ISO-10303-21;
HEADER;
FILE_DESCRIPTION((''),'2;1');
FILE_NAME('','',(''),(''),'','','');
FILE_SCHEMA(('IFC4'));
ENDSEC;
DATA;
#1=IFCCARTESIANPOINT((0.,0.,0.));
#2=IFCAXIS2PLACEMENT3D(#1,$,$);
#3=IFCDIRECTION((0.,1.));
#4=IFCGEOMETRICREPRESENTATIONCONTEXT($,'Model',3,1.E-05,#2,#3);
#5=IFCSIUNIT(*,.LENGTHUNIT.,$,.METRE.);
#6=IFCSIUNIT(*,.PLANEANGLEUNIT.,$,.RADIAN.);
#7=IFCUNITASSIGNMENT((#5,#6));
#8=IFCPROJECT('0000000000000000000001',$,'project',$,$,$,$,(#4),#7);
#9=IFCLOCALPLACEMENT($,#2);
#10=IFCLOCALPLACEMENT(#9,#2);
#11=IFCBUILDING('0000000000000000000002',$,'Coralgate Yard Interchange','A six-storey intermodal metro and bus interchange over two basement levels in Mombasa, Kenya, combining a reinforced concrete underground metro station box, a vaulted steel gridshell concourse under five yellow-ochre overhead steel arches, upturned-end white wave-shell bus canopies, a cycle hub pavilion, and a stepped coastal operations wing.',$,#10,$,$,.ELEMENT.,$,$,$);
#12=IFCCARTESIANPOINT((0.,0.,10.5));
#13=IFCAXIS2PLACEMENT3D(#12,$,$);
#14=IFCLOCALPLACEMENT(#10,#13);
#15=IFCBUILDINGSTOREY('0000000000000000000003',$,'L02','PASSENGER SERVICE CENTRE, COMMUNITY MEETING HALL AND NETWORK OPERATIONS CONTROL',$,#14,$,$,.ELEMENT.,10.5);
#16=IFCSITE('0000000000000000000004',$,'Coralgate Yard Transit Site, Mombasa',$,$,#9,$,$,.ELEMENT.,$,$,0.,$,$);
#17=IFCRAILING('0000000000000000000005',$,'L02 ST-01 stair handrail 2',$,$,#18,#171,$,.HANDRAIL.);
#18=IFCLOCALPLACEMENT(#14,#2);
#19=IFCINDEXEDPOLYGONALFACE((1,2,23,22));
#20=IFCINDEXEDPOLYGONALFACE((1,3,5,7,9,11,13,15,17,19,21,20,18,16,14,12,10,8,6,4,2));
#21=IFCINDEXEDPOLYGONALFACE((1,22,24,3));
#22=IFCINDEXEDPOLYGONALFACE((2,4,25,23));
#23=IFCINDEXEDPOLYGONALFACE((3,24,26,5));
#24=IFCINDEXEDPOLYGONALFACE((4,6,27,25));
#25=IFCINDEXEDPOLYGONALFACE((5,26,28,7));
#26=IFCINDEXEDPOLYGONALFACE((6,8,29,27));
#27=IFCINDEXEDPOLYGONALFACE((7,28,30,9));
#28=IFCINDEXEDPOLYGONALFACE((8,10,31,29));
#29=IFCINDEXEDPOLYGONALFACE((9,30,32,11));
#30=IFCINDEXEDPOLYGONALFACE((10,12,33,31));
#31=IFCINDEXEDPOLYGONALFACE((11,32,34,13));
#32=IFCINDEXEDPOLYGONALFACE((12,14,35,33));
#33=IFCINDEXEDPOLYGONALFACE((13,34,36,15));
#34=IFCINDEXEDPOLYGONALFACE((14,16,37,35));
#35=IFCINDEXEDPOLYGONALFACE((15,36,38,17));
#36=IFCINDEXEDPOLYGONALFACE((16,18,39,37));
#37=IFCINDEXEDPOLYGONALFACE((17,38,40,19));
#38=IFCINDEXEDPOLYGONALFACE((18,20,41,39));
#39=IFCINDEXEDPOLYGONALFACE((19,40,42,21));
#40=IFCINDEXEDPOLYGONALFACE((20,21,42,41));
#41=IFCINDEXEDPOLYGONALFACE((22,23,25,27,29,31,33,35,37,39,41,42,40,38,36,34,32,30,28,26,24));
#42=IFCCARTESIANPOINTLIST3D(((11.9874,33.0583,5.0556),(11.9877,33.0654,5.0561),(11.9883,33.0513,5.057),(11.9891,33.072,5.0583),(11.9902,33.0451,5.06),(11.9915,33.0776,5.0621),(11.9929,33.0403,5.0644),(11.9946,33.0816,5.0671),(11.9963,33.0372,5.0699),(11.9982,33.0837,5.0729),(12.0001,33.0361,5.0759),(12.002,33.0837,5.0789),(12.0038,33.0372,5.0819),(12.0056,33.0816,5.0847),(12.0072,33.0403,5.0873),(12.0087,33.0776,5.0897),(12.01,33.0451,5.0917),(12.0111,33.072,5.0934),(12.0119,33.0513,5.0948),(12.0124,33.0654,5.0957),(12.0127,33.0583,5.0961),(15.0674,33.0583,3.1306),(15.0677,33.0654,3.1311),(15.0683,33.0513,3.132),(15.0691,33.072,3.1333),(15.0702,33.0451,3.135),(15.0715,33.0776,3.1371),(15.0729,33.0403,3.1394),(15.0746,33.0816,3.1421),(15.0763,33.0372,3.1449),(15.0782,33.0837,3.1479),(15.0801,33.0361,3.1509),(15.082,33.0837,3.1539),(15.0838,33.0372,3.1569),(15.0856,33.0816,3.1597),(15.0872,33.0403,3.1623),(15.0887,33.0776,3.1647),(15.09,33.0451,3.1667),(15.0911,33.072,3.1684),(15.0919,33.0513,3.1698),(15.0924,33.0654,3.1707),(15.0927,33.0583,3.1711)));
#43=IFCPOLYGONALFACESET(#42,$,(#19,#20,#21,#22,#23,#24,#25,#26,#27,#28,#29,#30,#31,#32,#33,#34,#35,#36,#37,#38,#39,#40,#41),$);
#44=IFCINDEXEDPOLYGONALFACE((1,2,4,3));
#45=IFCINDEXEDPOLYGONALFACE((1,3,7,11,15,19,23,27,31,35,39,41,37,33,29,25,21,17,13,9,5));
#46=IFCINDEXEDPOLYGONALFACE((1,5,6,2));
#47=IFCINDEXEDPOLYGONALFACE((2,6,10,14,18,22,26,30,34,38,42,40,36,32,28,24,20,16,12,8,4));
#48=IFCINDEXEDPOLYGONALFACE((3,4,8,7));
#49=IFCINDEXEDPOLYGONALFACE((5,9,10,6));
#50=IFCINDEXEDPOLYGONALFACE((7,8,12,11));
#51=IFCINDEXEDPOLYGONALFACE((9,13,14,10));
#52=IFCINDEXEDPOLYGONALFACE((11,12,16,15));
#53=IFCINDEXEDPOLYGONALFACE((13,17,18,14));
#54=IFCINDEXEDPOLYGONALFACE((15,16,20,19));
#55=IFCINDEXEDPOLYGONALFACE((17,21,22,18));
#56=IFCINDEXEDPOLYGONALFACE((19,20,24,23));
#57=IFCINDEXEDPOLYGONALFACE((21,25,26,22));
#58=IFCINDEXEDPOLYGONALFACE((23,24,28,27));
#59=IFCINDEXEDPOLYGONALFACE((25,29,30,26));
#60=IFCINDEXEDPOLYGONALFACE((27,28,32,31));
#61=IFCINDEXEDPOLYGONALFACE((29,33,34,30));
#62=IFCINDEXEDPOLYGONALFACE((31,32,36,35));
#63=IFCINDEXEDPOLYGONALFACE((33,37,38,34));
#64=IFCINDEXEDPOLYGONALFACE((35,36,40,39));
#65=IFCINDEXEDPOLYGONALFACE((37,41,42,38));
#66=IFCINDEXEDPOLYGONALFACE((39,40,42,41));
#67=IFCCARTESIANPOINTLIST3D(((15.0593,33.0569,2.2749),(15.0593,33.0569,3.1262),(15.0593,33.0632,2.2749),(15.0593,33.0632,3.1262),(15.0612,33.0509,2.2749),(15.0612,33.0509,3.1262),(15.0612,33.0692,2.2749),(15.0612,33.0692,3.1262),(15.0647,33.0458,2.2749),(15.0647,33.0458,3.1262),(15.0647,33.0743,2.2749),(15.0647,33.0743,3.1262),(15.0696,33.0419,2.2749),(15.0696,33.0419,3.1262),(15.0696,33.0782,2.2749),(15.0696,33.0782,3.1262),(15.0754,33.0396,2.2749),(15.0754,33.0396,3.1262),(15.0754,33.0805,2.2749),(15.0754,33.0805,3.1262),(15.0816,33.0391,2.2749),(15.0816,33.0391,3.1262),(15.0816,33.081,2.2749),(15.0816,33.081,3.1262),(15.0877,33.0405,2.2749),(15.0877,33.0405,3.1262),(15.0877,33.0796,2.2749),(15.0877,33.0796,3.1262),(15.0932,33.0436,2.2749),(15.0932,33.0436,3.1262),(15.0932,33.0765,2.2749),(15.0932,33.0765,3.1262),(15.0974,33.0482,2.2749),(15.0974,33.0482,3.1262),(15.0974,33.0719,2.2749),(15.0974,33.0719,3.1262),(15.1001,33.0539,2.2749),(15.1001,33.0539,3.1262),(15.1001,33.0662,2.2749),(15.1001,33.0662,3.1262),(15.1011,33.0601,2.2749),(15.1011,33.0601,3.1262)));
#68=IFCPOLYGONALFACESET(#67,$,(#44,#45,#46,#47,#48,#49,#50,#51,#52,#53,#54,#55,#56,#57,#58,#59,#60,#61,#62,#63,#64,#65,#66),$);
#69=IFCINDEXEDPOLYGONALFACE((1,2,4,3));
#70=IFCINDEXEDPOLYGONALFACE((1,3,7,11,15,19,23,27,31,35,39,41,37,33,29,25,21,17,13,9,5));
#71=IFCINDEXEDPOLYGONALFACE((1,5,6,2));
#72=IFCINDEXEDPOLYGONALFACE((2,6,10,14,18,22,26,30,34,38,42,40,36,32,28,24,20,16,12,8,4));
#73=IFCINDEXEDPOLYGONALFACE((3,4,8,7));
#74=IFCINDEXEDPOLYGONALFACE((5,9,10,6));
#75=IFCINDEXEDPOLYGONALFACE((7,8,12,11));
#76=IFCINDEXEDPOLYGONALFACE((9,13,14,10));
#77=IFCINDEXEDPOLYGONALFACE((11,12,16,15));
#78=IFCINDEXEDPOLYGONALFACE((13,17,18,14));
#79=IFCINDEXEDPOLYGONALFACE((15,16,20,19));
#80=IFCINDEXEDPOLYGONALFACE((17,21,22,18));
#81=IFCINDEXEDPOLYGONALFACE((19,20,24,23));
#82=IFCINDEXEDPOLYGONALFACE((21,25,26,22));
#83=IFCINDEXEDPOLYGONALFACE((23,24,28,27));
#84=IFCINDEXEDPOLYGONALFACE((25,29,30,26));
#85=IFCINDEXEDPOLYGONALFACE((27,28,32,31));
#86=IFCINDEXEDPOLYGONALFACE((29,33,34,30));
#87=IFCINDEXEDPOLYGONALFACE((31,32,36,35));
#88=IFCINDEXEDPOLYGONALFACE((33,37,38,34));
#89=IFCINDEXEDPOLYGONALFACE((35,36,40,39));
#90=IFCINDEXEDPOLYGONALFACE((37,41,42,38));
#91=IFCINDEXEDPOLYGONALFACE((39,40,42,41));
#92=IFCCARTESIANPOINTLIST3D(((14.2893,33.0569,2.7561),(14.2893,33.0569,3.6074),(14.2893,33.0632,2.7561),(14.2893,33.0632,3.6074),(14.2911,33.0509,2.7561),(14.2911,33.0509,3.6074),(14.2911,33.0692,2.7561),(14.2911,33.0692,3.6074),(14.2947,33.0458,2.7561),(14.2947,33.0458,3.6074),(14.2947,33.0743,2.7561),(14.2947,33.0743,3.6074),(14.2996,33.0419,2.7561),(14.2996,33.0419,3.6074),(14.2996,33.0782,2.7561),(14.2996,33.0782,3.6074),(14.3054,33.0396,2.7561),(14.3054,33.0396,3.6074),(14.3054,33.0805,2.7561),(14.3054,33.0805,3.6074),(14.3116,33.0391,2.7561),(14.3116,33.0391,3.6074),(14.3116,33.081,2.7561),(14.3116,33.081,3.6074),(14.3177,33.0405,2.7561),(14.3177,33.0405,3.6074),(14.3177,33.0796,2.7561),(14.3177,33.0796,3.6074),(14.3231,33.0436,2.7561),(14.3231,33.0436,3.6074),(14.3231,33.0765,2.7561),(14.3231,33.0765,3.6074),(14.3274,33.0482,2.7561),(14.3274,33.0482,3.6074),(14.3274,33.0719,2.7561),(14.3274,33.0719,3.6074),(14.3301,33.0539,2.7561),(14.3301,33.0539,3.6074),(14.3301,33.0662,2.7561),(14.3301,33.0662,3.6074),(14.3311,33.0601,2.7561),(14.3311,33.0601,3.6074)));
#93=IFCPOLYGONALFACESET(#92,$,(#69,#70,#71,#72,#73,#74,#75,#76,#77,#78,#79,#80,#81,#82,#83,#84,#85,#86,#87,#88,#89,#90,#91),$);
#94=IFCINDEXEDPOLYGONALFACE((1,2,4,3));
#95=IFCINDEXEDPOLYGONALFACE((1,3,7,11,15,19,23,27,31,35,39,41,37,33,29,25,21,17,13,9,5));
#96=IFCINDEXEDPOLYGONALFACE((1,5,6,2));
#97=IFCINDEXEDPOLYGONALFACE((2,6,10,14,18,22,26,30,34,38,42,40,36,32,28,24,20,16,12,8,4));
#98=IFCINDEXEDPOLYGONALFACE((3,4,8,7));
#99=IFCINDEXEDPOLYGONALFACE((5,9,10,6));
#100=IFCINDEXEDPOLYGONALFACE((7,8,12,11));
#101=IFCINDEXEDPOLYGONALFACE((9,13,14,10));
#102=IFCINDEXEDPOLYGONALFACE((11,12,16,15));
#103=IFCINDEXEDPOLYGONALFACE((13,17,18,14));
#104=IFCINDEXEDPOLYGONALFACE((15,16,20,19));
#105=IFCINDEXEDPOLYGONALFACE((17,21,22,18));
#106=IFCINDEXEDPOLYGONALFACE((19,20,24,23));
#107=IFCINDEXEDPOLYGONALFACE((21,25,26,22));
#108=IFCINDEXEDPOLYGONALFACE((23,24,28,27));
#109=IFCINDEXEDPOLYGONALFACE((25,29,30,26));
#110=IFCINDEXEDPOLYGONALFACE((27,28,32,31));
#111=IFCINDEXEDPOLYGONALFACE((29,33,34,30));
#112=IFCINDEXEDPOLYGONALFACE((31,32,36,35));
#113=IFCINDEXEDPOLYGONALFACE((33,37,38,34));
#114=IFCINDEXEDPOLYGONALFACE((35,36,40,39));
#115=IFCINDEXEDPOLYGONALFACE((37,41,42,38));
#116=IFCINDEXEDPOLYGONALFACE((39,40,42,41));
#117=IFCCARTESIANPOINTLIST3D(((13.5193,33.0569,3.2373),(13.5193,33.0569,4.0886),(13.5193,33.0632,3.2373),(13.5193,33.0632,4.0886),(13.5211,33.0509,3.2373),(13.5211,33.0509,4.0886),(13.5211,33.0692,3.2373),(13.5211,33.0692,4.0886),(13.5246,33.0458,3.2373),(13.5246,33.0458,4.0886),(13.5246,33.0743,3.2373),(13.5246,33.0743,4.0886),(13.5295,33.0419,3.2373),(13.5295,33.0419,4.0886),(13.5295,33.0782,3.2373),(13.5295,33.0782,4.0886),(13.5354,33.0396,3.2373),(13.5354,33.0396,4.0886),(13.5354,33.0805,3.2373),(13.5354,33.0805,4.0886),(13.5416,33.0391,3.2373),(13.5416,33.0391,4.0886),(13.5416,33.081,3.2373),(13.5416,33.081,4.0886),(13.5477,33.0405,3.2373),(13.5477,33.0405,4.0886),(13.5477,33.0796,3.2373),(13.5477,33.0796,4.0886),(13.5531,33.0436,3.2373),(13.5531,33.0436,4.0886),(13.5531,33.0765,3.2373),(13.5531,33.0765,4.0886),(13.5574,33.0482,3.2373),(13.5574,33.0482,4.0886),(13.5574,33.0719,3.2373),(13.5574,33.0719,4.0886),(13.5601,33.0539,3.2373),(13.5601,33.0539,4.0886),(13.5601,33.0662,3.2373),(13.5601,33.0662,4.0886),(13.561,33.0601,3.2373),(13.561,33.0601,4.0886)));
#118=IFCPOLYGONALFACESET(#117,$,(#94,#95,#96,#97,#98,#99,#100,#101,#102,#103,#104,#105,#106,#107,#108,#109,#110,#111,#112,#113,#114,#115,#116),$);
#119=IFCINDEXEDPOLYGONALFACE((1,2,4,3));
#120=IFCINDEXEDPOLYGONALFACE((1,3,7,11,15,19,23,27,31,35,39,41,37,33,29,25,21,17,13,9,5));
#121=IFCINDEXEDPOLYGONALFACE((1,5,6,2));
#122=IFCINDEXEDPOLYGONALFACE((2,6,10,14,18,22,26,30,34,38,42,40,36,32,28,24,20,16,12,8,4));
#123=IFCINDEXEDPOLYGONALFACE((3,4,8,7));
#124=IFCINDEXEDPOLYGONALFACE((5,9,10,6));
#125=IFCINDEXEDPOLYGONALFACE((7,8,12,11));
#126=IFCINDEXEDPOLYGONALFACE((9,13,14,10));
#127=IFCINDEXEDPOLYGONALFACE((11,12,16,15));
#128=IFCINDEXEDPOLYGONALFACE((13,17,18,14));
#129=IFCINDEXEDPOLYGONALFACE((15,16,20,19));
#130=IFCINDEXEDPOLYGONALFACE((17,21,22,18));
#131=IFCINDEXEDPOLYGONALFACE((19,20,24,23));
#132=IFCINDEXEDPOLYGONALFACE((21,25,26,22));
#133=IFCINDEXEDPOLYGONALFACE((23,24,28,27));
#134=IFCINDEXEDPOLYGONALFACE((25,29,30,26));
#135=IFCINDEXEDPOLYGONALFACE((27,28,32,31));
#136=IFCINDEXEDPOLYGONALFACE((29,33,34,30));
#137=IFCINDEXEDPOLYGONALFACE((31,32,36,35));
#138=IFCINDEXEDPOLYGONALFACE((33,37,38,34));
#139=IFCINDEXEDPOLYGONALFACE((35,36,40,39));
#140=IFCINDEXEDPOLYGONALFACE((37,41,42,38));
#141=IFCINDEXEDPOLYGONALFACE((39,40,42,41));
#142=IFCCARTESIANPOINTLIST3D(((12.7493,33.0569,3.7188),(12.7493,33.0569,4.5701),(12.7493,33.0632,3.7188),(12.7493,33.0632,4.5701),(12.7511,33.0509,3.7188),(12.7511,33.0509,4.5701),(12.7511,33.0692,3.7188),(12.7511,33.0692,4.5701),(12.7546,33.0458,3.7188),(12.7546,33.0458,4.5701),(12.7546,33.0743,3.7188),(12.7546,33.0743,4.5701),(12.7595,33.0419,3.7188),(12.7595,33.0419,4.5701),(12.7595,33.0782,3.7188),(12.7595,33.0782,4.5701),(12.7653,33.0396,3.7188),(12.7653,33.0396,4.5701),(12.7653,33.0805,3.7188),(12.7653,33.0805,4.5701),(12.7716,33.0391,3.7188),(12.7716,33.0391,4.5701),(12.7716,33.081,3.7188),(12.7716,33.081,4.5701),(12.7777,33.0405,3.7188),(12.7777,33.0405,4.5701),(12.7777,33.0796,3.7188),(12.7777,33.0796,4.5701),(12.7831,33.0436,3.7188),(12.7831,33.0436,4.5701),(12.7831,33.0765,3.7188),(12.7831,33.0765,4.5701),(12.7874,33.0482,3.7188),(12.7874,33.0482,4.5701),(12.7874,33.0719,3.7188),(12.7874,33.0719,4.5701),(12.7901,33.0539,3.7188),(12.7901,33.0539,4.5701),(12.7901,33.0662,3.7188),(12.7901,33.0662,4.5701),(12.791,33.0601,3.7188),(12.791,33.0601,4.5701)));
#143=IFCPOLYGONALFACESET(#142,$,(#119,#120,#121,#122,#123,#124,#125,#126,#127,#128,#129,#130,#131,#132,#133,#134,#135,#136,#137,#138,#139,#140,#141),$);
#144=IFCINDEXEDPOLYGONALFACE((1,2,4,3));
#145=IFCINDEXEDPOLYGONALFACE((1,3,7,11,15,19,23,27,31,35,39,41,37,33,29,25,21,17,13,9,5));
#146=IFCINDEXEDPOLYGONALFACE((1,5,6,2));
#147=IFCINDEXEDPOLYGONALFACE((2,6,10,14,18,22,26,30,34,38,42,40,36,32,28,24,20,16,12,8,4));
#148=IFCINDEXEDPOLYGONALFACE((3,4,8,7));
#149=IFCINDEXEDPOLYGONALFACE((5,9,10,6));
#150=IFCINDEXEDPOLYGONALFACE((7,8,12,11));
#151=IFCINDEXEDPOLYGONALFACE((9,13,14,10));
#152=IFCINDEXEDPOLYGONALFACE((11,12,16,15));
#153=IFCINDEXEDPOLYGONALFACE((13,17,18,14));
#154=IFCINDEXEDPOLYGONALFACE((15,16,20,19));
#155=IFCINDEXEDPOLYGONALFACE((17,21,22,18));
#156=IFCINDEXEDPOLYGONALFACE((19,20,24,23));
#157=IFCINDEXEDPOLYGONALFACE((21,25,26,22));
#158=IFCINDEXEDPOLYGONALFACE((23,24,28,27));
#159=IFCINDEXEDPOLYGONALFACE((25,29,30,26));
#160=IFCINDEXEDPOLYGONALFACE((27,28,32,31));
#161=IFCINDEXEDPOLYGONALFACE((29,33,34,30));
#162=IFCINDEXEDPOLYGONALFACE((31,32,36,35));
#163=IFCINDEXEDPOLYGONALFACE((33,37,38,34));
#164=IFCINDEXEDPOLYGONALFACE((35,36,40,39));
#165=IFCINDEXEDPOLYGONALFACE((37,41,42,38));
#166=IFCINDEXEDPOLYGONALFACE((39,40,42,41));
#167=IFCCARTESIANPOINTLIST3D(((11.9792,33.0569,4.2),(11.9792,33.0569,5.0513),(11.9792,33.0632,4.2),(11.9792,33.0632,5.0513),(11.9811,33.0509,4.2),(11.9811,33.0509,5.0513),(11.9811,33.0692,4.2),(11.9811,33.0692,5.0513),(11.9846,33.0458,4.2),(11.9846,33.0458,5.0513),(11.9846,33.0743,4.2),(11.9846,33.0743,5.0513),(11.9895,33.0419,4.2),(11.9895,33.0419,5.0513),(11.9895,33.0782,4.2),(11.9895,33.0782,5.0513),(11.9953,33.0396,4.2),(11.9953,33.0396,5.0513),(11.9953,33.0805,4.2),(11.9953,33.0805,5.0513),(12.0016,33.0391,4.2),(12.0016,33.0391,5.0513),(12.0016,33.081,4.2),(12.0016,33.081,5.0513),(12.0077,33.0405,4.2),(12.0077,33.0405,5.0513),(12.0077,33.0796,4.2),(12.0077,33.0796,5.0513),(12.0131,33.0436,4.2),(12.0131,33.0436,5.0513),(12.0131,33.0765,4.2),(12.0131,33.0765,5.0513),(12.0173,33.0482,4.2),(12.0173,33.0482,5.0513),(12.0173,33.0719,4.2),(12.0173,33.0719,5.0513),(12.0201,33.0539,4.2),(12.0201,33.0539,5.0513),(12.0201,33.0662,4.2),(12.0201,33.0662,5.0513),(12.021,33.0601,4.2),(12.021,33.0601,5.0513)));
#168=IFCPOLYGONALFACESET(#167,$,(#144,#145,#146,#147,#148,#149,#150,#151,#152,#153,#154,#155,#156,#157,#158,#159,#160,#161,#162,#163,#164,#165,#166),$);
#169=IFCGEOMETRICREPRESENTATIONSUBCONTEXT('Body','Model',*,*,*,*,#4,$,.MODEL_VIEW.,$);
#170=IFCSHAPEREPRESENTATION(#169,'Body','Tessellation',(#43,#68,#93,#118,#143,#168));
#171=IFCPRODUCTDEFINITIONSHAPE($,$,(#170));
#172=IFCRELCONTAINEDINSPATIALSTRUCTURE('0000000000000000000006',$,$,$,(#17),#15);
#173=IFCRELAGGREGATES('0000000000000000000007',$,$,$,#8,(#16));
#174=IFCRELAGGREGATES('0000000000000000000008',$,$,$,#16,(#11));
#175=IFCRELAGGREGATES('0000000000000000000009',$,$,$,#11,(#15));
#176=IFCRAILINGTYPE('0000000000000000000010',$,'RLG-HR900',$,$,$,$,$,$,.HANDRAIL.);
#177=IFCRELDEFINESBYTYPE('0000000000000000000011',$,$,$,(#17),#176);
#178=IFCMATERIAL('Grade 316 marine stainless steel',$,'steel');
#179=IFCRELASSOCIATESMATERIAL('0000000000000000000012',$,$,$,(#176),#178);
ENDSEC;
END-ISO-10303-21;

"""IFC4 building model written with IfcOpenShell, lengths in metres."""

from ifc_helpers import new_model, si_unit, direction, frame, origin, origin_2d, place, context, subcontext, project, spatial, circle, extrude, material, type_object, element, save


model = new_model("IFC4")

# Units and contexts
model_context = context("Model", 3, precision=1e-05, world=origin(), true_north=direction((0.0, 1.0)))
body_context = subcontext(model_context, "Body", "Model", "MODEL_VIEW")
ifc_project = project(units=[si_unit("LENGTHUNIT", "METRE"), si_unit("PLANEANGLEUNIT", "RADIAN")], contexts=[model_context])

# Site, building, storey
site_placement = place(None, origin())
site = spatial("IfcSite", under=ifc_project, at=site_placement, Name="Coralgate Yard Transit Site, Mombasa", CompositionType="ELEMENT", RefElevation=0.0)
building_placement = place(site_placement, origin())
building = spatial("IfcBuilding", under=site, at=building_placement, Name="Coralgate Yard Interchange", Description="A six-storey intermodal metro and bus interchange over two basement levels in Mombasa, Kenya, combining a reinforced concrete underground metro station box, a vaulted steel gridshell concourse under five yellow-ochre overhead steel arches, upturned-end white wave-shell bus canopies, a cycle hub pavilion, and a stepped coastal operations wing.", CompositionType="ELEMENT")
storey_placement = place(building_placement, frame((0.0, 0.0, 10.5)))
storey = spatial("IfcBuildingStorey", under=building, at=storey_placement, Name="L02", Description="PASSENGER SERVICE CENTRE, COMMUNITY MEETING HALL AND NETWORK OPERATIONS CONTROL", CompositionType="ELEMENT", Elevation=10.5)

# Railing
ifc_material_1 = material(Name="Grade 316 marine stainless steel", Category="steel")
railing_type_1 = type_object("IfcRailingType", Name="RLG-HR900", PredefinedType="HANDRAIL", material=ifc_material_1)
railing_1_placement = place(storey_placement, frame((15.0801, 33.0601, 2.2749)))
element("IfcRailing", 1, at=railing_1_placement, inside=storey, type_object=railing_type_1, Name="L02 ST-01 stair handrail 2", PredefinedType="HANDRAIL", context=body_context, shape_type="SweptSolid", body=[
    extrude(circle(Radius=0.0239, at=origin_2d()), frame((0.0, 0.0, 0.876), z_axis=(-0.847998, 0.0, 0.529999), x_axis=(0.0, -1.0, 0.0)), (0.0, 0.0, 1.0), 3.6321),
    extrude(circle(Radius=0.021, at=origin_2d()), origin(), (0.0, 0.0, 1.0), 0.8513),
    extrude(circle(Radius=0.021, at=origin_2d()), frame((-0.77, 0.0, 0.4812)), (0.0, 0.0, 1.0), 0.8513),
    extrude(circle(Radius=0.021, at=origin_2d()), frame((-1.54, 0.0, 0.9624)), (0.0, 0.0, 1.0), 0.8513),
    extrude(circle(Radius=0.021, at=origin_2d()), frame((-2.3101, 0.0, 1.4438)), (0.0, 0.0, 1.0), 0.8513),
    extrude(circle(Radius=0.021, at=origin_2d()), frame((-3.0801, 0.0, 1.925)), (0.0, 0.0, 1.0), 0.8513),
])

save(model, "model.ifc")
